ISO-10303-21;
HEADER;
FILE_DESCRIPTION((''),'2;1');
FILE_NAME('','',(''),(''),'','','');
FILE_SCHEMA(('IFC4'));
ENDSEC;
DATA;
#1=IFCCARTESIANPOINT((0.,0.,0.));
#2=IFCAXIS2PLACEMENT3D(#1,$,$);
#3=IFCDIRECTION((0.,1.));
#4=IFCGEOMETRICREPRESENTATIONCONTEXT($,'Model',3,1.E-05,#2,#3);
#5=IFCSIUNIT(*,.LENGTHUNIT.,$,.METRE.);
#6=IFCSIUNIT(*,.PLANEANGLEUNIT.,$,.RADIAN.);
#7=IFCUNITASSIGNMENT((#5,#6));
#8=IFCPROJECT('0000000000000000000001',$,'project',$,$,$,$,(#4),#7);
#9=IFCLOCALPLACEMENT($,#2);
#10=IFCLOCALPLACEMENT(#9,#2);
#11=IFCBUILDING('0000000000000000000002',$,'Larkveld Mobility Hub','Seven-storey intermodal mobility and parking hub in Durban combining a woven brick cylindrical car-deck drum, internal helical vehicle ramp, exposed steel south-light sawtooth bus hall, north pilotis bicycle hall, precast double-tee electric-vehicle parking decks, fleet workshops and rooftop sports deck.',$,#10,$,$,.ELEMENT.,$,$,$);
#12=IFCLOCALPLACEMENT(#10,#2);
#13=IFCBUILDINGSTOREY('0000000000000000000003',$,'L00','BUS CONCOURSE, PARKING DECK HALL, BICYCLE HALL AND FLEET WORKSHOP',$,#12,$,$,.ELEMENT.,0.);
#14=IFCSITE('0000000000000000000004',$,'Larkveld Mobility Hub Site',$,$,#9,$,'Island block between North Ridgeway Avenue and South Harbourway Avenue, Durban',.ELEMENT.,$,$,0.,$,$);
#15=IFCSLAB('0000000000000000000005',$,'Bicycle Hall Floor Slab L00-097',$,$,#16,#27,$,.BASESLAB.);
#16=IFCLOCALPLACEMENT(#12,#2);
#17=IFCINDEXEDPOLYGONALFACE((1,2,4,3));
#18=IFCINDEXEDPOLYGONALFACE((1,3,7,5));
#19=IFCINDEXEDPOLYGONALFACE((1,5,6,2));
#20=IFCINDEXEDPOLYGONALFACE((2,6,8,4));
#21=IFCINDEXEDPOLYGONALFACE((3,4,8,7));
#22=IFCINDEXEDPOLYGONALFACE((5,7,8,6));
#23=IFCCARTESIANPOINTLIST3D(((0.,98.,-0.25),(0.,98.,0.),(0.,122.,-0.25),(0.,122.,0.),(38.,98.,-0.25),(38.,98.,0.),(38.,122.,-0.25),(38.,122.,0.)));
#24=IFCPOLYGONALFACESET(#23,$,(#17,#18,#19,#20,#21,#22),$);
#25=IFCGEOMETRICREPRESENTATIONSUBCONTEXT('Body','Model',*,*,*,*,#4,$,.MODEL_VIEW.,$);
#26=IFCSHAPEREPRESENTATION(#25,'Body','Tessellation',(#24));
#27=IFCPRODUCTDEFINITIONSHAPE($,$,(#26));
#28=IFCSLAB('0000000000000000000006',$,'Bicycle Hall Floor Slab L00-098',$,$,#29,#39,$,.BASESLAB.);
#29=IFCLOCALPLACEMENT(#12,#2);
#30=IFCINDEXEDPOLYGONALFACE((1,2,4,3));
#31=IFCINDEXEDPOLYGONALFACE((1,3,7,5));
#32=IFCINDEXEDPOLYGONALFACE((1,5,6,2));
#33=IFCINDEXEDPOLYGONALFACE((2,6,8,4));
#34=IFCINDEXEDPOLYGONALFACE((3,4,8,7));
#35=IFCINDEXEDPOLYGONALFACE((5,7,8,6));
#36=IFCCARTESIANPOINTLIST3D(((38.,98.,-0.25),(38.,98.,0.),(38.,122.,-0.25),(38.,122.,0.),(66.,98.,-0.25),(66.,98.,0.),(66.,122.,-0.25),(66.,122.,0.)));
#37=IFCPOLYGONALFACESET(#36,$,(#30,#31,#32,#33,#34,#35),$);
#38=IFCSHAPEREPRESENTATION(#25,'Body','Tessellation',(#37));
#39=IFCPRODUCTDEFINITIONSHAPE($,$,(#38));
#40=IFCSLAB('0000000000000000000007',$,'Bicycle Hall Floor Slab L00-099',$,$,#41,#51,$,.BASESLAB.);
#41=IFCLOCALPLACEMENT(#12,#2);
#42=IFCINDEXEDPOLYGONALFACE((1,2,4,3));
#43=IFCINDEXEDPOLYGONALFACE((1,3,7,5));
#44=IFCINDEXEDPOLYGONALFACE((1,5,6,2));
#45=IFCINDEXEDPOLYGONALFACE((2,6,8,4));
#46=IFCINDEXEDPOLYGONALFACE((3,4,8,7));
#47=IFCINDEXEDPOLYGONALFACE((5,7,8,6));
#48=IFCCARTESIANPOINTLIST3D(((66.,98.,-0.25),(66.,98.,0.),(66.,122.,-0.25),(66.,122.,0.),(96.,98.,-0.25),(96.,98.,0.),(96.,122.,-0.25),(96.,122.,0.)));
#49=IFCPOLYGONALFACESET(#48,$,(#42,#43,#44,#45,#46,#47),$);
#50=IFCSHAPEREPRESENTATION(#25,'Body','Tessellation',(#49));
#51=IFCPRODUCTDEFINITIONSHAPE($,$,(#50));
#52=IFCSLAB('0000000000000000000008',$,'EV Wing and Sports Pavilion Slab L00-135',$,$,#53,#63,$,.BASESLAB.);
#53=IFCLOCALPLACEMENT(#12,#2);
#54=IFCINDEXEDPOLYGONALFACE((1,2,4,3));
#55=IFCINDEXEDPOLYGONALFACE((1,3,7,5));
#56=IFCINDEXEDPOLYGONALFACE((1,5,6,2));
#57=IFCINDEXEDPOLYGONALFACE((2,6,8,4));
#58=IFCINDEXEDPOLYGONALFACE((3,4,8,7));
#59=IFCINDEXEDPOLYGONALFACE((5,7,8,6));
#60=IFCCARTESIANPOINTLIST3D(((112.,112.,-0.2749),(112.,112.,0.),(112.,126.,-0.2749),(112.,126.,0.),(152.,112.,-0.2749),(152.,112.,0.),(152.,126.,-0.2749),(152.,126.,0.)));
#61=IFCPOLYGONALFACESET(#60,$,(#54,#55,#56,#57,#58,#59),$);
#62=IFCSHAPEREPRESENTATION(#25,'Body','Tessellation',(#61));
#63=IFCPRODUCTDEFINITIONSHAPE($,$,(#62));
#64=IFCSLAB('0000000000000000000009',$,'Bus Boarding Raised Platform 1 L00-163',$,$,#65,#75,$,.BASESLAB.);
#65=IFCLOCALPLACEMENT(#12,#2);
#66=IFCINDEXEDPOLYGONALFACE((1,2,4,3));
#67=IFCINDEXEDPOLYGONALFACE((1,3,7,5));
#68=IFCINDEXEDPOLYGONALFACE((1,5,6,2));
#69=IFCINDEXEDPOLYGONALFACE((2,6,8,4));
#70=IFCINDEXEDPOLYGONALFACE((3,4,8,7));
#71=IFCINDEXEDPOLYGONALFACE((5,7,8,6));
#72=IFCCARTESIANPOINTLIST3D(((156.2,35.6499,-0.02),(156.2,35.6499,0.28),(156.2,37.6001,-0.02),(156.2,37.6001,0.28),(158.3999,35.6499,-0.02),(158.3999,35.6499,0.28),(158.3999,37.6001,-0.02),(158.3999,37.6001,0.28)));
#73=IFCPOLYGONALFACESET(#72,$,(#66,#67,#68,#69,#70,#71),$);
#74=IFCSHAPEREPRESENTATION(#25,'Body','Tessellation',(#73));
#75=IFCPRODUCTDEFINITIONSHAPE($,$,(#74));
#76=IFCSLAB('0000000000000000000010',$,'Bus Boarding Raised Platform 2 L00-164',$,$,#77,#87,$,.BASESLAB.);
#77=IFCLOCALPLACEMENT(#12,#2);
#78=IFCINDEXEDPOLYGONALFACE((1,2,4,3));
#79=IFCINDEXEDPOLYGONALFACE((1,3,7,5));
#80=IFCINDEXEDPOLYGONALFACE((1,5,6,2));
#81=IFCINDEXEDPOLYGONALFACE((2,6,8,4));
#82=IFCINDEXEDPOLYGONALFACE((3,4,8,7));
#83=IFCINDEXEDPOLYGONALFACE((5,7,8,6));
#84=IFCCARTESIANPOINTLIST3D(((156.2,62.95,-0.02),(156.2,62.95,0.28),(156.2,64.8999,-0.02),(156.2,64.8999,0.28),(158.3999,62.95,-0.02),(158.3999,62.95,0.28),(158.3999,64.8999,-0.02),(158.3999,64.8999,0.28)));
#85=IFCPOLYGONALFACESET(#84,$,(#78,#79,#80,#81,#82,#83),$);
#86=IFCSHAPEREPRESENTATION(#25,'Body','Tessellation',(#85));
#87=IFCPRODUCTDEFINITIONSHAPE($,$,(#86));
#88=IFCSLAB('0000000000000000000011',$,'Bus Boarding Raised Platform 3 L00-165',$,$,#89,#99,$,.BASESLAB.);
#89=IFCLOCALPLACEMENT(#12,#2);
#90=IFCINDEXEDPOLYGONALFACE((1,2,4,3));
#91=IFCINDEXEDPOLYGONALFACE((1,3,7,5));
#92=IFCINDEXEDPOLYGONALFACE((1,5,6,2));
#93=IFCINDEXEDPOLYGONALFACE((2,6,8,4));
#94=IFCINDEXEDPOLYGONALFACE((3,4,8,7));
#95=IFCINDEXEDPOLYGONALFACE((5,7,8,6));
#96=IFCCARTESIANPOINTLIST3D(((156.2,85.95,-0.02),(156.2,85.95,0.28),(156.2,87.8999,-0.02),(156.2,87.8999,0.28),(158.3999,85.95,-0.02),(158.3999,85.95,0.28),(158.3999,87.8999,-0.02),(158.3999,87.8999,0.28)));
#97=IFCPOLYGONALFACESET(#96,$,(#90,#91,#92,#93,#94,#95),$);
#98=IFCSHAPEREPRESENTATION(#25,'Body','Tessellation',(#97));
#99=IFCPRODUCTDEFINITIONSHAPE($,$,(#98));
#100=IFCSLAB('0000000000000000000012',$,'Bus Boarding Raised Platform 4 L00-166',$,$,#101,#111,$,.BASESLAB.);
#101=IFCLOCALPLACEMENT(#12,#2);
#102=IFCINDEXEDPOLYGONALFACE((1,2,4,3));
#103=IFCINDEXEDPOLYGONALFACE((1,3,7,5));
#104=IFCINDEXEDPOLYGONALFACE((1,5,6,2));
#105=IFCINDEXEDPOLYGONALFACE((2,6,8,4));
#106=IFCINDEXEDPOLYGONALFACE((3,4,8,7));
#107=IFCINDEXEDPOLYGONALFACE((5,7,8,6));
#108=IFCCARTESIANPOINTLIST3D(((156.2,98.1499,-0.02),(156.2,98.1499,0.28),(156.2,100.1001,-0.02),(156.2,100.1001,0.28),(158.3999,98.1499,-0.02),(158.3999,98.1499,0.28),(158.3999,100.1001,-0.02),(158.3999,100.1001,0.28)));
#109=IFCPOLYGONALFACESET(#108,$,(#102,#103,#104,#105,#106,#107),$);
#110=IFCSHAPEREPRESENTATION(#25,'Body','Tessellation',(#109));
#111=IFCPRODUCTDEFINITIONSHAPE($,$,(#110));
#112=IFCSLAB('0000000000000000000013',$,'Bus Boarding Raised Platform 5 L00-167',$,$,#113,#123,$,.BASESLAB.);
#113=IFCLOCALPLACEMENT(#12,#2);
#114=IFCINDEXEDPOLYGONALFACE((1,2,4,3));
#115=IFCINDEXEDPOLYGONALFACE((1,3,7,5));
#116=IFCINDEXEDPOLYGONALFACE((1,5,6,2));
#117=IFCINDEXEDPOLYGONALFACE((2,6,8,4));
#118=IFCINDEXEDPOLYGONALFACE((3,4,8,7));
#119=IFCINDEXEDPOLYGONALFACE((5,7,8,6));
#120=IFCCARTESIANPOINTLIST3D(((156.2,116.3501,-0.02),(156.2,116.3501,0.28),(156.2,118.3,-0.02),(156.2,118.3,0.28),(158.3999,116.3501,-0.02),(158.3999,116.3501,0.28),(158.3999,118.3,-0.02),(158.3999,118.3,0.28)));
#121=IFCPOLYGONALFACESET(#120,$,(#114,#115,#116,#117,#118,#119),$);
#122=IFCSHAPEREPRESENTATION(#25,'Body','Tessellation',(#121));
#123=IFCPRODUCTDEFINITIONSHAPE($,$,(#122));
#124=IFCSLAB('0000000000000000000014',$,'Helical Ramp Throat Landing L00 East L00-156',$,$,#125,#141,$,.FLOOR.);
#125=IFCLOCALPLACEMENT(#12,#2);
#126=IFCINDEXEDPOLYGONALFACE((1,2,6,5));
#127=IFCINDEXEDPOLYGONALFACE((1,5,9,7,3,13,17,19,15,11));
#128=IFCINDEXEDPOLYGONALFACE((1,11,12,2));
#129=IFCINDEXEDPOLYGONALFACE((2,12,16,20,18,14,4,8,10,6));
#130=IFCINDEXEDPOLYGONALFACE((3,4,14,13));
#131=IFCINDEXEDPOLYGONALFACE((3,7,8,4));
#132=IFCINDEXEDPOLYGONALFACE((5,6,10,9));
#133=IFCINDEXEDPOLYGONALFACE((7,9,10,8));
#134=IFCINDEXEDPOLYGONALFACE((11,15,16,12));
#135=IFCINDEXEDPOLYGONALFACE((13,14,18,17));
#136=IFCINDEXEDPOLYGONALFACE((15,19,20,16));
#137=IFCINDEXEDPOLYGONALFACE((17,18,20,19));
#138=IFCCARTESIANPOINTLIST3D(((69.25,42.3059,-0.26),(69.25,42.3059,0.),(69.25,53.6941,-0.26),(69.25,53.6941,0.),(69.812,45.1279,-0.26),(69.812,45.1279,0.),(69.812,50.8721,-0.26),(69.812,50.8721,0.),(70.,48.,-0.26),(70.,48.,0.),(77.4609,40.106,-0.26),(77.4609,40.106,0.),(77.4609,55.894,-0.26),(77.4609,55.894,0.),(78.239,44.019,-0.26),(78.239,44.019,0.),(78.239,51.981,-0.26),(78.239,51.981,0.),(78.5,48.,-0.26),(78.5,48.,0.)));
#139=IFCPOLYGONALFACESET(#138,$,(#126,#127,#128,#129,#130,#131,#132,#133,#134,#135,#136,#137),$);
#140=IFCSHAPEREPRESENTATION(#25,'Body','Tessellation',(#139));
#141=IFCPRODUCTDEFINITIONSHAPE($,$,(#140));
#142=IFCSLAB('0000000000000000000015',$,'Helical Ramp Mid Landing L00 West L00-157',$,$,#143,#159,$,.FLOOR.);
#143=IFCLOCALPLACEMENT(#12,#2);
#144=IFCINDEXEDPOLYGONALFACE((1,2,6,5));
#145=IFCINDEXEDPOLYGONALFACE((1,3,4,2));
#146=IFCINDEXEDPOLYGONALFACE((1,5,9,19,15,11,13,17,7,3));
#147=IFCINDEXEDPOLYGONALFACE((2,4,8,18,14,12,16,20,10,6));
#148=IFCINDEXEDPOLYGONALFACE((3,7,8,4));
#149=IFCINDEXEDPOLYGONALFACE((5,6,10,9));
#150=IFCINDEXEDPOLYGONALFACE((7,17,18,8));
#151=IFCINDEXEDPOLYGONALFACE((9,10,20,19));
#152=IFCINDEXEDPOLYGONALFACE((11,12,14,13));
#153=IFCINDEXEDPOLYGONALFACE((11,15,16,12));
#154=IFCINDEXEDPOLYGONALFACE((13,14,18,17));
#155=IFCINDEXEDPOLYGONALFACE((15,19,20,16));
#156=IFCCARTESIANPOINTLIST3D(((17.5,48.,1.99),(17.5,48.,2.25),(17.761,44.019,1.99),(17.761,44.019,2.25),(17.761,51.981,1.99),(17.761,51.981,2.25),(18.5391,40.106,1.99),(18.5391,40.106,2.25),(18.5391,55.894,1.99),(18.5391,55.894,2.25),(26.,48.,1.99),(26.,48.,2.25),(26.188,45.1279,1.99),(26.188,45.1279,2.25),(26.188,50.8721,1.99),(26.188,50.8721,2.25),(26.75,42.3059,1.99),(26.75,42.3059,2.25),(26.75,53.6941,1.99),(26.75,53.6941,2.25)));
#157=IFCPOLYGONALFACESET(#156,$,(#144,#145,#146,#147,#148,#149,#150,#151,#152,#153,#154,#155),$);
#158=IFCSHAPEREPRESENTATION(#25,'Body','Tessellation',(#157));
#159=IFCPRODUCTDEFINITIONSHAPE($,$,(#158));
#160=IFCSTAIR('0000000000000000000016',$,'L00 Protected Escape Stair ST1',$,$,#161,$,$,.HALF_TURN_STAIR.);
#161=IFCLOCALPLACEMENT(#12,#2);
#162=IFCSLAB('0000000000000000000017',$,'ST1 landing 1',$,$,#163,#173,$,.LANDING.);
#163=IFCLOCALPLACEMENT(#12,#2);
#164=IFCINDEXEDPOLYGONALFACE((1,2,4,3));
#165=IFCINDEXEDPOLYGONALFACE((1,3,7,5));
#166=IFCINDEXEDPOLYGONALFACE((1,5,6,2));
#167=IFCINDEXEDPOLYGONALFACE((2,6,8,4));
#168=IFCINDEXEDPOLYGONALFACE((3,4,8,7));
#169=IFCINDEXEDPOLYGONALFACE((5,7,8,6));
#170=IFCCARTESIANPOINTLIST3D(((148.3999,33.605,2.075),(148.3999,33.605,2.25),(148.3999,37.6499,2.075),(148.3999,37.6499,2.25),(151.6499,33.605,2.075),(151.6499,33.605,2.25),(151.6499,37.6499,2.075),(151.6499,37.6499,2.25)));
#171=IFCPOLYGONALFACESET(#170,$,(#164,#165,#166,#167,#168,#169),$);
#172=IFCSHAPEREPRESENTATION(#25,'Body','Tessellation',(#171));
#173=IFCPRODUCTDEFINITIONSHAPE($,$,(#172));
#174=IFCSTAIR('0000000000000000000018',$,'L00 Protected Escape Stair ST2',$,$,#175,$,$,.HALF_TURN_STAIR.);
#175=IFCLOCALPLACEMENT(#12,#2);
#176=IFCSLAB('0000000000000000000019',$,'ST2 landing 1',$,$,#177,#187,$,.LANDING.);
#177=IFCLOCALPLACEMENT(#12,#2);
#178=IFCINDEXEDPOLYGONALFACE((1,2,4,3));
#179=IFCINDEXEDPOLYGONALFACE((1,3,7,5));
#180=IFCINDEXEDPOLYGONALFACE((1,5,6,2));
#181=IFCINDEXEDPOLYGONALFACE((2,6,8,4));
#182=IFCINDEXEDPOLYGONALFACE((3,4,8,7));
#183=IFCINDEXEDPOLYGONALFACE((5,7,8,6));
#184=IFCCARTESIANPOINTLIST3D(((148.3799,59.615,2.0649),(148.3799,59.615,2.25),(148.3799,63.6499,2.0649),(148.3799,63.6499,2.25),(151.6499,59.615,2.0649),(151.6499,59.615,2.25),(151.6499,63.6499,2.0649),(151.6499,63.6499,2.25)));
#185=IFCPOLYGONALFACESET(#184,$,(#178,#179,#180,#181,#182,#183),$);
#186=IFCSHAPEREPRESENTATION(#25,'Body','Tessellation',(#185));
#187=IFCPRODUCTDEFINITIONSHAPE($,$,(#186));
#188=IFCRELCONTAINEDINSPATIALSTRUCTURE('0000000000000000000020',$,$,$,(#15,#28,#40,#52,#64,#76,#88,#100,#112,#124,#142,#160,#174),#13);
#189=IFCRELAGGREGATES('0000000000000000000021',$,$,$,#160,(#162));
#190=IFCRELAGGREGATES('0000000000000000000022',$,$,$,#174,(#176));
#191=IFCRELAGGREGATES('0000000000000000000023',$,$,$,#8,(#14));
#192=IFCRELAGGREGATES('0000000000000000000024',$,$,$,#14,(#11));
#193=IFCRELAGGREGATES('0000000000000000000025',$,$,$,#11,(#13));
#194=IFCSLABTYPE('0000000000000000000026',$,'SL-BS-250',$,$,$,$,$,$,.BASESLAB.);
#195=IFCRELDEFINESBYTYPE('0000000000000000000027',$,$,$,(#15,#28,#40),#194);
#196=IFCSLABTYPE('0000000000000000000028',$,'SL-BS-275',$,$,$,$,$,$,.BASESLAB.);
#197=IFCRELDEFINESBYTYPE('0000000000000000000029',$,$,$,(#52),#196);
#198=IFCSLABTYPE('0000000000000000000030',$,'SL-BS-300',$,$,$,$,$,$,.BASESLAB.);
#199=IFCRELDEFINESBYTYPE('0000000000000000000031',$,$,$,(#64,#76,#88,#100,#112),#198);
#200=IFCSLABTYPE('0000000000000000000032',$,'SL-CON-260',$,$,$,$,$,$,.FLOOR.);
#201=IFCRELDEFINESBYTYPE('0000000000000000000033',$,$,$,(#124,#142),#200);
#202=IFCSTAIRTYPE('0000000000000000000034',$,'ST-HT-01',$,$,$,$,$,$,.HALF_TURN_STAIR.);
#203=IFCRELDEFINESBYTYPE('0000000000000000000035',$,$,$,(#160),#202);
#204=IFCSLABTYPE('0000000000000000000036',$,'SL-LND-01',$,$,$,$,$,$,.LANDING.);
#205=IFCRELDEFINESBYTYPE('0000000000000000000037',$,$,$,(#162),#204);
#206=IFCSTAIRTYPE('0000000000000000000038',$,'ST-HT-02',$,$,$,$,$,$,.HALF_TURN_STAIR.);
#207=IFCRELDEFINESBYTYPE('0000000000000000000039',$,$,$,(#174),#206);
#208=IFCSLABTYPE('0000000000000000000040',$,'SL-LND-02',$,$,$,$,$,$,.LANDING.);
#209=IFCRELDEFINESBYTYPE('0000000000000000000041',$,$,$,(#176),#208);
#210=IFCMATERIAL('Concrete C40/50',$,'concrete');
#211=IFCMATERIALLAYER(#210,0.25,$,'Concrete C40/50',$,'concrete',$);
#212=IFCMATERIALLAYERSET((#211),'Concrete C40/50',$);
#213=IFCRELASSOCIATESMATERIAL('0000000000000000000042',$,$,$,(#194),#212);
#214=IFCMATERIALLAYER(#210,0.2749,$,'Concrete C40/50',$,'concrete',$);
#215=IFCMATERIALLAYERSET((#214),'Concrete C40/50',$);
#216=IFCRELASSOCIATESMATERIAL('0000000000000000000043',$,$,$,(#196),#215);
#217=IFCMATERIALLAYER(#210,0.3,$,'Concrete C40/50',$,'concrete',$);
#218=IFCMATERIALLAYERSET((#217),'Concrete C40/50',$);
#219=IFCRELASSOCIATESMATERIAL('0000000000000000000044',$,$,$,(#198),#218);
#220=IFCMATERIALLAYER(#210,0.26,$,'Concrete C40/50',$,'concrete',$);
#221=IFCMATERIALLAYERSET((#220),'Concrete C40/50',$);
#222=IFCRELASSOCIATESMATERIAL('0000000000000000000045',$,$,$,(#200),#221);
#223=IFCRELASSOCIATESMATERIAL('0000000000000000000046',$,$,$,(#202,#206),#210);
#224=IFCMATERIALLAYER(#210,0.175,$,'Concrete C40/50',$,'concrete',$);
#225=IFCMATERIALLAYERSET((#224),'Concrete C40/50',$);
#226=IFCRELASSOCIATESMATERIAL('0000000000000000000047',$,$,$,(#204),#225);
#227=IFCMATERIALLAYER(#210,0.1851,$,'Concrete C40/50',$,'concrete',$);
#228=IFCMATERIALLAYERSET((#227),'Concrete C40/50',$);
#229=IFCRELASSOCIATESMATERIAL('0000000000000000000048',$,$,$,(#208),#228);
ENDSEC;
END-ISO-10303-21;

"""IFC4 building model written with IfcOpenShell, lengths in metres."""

from ifc_helpers import new_model, si_unit, direction, frame, origin, place, context, subcontext, project, spatial, polyline, outline, extrude, material, layer, layer_set, type_object, element, aggregate, save


model = new_model("IFC4")

# Units and contexts
model_context = context("Model", 3, precision=1e-05, world=origin(), true_north=direction((0.0, 1.0)))
body_context = subcontext(model_context, "Body", "Model", "MODEL_VIEW")
ifc_project = project(units=[si_unit("LENGTHUNIT", "METRE"), si_unit("PLANEANGLEUNIT", "RADIAN")], contexts=[model_context])

# Site, building, storey
site_placement = place(None, origin())
site = spatial("IfcSite", under=ifc_project, at=site_placement, Name="Larkveld Mobility Hub Site", LongName="Island block between North Ridgeway Avenue and South Harbourway Avenue, Durban", CompositionType="ELEMENT", RefElevation=0.0)
building_placement = place(site_placement, origin())
building = spatial("IfcBuilding", under=site, at=building_placement, Name="Larkveld Mobility Hub", Description="Seven-storey intermodal mobility and parking hub in Durban combining a woven brick cylindrical car-deck drum, internal helical vehicle ramp, exposed steel south-light sawtooth bus hall, north pilotis bicycle hall, precast double-tee electric-vehicle parking decks, fleet workshops and rooftop sports deck.", CompositionType="ELEMENT")
storey_placement = place(building_placement, origin())
storey = spatial("IfcBuildingStorey", under=building, at=storey_placement, Name="L00", Description="BUS CONCOURSE, PARKING DECK HALL, BICYCLE HALL AND FLEET WORKSHOP", CompositionType="ELEMENT", Elevation=0.0)

# Slabs
ifc_material_1 = material(Name="Concrete C40/50", Category="concrete")
ifc_layer_1 = layer(ifc_material_1, 0.25, Name="Concrete C40/50", Category="concrete")
ifc_layer_set_1 = layer_set([ifc_layer_1], Name="Concrete C40/50")
slab_type_1 = type_object("IfcSlabType", Name="SL-BS-250", PredefinedType="BASESLAB", material=ifc_layer_set_1)
slab_1_placement = place(storey_placement, frame((0.0, 0.0, -0.25)))
element("IfcSlab", 1, at=slab_1_placement, inside=storey, type_object=slab_type_1, Name="Bicycle Hall Floor Slab L00-097", PredefinedType="BASESLAB", context=body_context, shape_type="SweptSolid", body=[
    extrude(outline(polyline([(0.0, 98.0), (38.0, 98.0), (38.0, 122.0), (0.0, 122.0), (0.0, 98.0)])), origin(), (0.0, 0.0, 1.0), 0.25),
])
slab_2_placement = place(storey_placement, frame((0.0, 0.0, -0.25)))
element("IfcSlab", 2, at=slab_2_placement, inside=storey, type_object=slab_type_1, Name="Bicycle Hall Floor Slab L00-098", PredefinedType="BASESLAB", context=body_context, shape_type="SweptSolid", body=[
    extrude(outline(polyline([(38.0, 98.0), (66.0, 98.0), (66.0, 122.0), (38.0, 122.0), (38.0, 98.0)])), origin(), (0.0, 0.0, 1.0), 0.25),
])
slab_3_placement = place(storey_placement, frame((0.0, 0.0, -0.25)))
element("IfcSlab", 3, at=slab_3_placement, inside=storey, type_object=slab_type_1, Name="Bicycle Hall Floor Slab L00-099", PredefinedType="BASESLAB", context=body_context, shape_type="SweptSolid", body=[
    extrude(outline(polyline([(66.0, 98.0), (96.0, 98.0), (96.0, 122.0), (66.0, 122.0), (66.0, 98.0)])), origin(), (0.0, 0.0, 1.0), 0.25),
])
ifc_layer_2 = layer(ifc_material_1, 0.2749, Name="Concrete C40/50", Category="concrete")
ifc_layer_set_2 = layer_set([ifc_layer_2], Name="Concrete C40/50")
slab_type_2 = type_object("IfcSlabType", Name="SL-BS-275", PredefinedType="BASESLAB", material=ifc_layer_set_2)
slab_4_placement = place(storey_placement, frame((0.0, 0.0, -0.2749)))
element("IfcSlab", 4, at=slab_4_placement, inside=storey, type_object=slab_type_2, Name="EV Wing and Sports Pavilion Slab L00-135", PredefinedType="BASESLAB", context=body_context, shape_type="SweptSolid", body=[
    extrude(outline(polyline([(112.0, 112.0), (152.0, 112.0), (152.0, 126.0), (112.0, 126.0), (112.0, 112.0)])), origin(), (0.0, 0.0, 1.0), 0.2749),
])
ifc_layer_3 = layer(ifc_material_1, 0.3, Name="Concrete C40/50", Category="concrete")
ifc_layer_set_3 = layer_set([ifc_layer_3], Name="Concrete C40/50")
slab_type_3 = type_object("IfcSlabType", Name="SL-BS-300", PredefinedType="BASESLAB", material=ifc_layer_set_3)
slab_5_placement = place(storey_placement, frame((0.0, 0.0, -0.02)))
element("IfcSlab", 5, at=slab_5_placement, inside=storey, type_object=slab_type_3, Name="Bus Boarding Raised Platform 1 L00-163", PredefinedType="BASESLAB", context=body_context, shape_type="SweptSolid", body=[
    extrude(outline(polyline([(156.2, 35.6499), (158.3999, 35.6499), (158.3999, 37.6001), (156.2, 37.6001), (156.2, 35.6499)])), origin(), (0.0, 0.0, 1.0), 0.3),
])
slab_6_placement = place(storey_placement, frame((0.0, 0.0, -0.02)))
element("IfcSlab", 6, at=slab_6_placement, inside=storey, type_object=slab_type_3, Name="Bus Boarding Raised Platform 2 L00-164", PredefinedType="BASESLAB", context=body_context, shape_type="SweptSolid", body=[
    extrude(outline(polyline([(156.2, 62.95), (158.3999, 62.95), (158.3999, 64.8999), (156.2, 64.8999), (156.2, 62.95)])), origin(), (0.0, 0.0, 1.0), 0.3),
])
slab_7_placement = place(storey_placement, frame((0.0, 0.0, -0.02)))
element("IfcSlab", 7, at=slab_7_placement, inside=storey, type_object=slab_type_3, Name="Bus Boarding Raised Platform 3 L00-165", PredefinedType="BASESLAB", context=body_context, shape_type="SweptSolid", body=[
    extrude(outline(polyline([(156.2, 85.95), (158.3999, 85.95), (158.3999, 87.8999), (156.2, 87.8999), (156.2, 85.95)])), origin(), (0.0, 0.0, 1.0), 0.3),
])
slab_8_placement = place(storey_placement, frame((0.0, 0.0, -0.02)))
element("IfcSlab", 8, at=slab_8_placement, inside=storey, type_object=slab_type_3, Name="Bus Boarding Raised Platform 4 L00-166", PredefinedType="BASESLAB", context=body_context, shape_type="SweptSolid", body=[
    extrude(outline(polyline([(156.2, 98.1499), (158.3999, 98.1499), (158.3999, 100.1001), (156.2, 100.1001), (156.2, 98.1499)])), origin(), (0.0, 0.0, 1.0), 0.3),
])
slab_9_placement = place(storey_placement, frame((0.0, 0.0, -0.02)))
element("IfcSlab", 9, at=slab_9_placement, inside=storey, type_object=slab_type_3, Name="Bus Boarding Raised Platform 5 L00-167", PredefinedType="BASESLAB", context=body_context, shape_type="SweptSolid", body=[
    extrude(outline(polyline([(156.2, 116.3501), (158.3999, 116.3501), (158.3999, 118.3), (156.2, 118.3), (156.2, 116.3501)])), origin(), (0.0, 0.0, 1.0), 0.3),
])
ifc_layer_4 = layer(ifc_material_1, 0.26, Name="Concrete C40/50", Category="concrete")
ifc_layer_set_4 = layer_set([ifc_layer_4], Name="Concrete C40/50")
slab_type_4 = type_object("IfcSlabType", Name="SL-CON-260", PredefinedType="FLOOR", material=ifc_layer_set_4)
slab_10_placement = place(storey_placement, frame((0.0, 0.0, -0.26)))
element("IfcSlab", 10, at=slab_10_placement, inside=storey, type_object=slab_type_4, Name="Helical Ramp Throat Landing L00 East L00-156", PredefinedType="FLOOR", context=body_context, shape_type="SweptSolid", body=[
    extrude(outline(polyline([(77.4609, 40.106), (78.239, 44.019), (78.5, 48.0), (78.239, 51.981), (77.4609, 55.894), (69.25, 53.6941), (69.812, 50.8721), (70.0, 48.0), (69.812, 45.1279), (69.25, 42.3059), (77.4609, 40.106)])), origin(), (0.0, 0.0, 1.0), 0.26),
])
slab_11_placement = place(storey_placement, frame((0.0, 0.0, 1.99)))
element("IfcSlab", 11, at=slab_11_placement, inside=storey, type_object=slab_type_4, Name="Helical Ramp Mid Landing L00 West L00-157", PredefinedType="FLOOR", context=body_context, shape_type="SweptSolid", body=[
    extrude(outline(polyline([(18.5391, 55.894), (17.761, 51.981), (17.5, 48.0), (17.761, 44.019), (18.5391, 40.106), (26.75, 42.3059), (26.188, 45.1279), (26.0, 48.0), (26.188, 50.8721), (26.75, 53.6941), (18.5391, 55.894)])), origin(), (0.0, 0.0, 1.0), 0.26),
])

# Stairs, slabs
stair_type_1 = type_object("IfcStairType", Name="ST-HT-01", PredefinedType="HALF_TURN_STAIR", material=ifc_material_1)
stair_1_placement = place(storey_placement, origin())
stair_1 = element("IfcStair", 12, at=stair_1_placement, inside=storey, type_object=stair_type_1, Name="L00 Protected Escape Stair ST1", PredefinedType="HALF_TURN_STAIR")
ifc_layer_5 = layer(ifc_material_1, 0.175, Name="Concrete C40/50", Category="concrete")
ifc_layer_set_5 = layer_set([ifc_layer_5], Name="Concrete C40/50")
slab_type_5 = type_object("IfcSlabType", Name="SL-LND-01", PredefinedType="LANDING", material=ifc_layer_set_5)
slab_12_placement = place(storey_placement, frame((0.0, 0.0, 2.075)))
slab_12 = element("IfcSlab", 13, at=slab_12_placement, type_object=slab_type_5, Name="ST1 landing 1", PredefinedType="LANDING", context=body_context, shape_type="SweptSolid", body=[
    extrude(outline(polyline([(151.6499, 33.605), (151.6499, 37.6499), (148.3999, 37.6499), (148.3999, 33.605), (151.6499, 33.605)])), origin(), (0.0, 0.0, 1.0), 0.175),
])
aggregate(stair_1, [slab_12])
stair_type_2 = type_object("IfcStairType", Name="ST-HT-02", PredefinedType="HALF_TURN_STAIR", material=ifc_material_1)
stair_2_placement = place(storey_placement, origin())
stair_2 = element("IfcStair", 14, at=stair_2_placement, inside=storey, type_object=stair_type_2, Name="L00 Protected Escape Stair ST2", PredefinedType="HALF_TURN_STAIR")
ifc_layer_6 = layer(ifc_material_1, 0.1851, Name="Concrete C40/50", Category="concrete")
ifc_layer_set_6 = layer_set([ifc_layer_6], Name="Concrete C40/50")
slab_type_6 = type_object("IfcSlabType", Name="SL-LND-02", PredefinedType="LANDING", material=ifc_layer_set_6)
slab_13_placement = place(storey_placement, frame((0.0, 0.0, 2.0649)))
slab_13 = element("IfcSlab", 15, at=slab_13_placement, type_object=slab_type_6, Name="ST2 landing 1", PredefinedType="LANDING", context=body_context, shape_type="SweptSolid", body=[
    extrude(outline(polyline([(151.6499, 59.615), (151.6499, 63.6499), (148.3799, 63.6499), (148.3799, 59.615), (151.6499, 59.615)])), origin(), (0.0, 0.0, 1.0), 0.1851),
])
aggregate(stair_2, [slab_13])

save(model, "model.ifc")
